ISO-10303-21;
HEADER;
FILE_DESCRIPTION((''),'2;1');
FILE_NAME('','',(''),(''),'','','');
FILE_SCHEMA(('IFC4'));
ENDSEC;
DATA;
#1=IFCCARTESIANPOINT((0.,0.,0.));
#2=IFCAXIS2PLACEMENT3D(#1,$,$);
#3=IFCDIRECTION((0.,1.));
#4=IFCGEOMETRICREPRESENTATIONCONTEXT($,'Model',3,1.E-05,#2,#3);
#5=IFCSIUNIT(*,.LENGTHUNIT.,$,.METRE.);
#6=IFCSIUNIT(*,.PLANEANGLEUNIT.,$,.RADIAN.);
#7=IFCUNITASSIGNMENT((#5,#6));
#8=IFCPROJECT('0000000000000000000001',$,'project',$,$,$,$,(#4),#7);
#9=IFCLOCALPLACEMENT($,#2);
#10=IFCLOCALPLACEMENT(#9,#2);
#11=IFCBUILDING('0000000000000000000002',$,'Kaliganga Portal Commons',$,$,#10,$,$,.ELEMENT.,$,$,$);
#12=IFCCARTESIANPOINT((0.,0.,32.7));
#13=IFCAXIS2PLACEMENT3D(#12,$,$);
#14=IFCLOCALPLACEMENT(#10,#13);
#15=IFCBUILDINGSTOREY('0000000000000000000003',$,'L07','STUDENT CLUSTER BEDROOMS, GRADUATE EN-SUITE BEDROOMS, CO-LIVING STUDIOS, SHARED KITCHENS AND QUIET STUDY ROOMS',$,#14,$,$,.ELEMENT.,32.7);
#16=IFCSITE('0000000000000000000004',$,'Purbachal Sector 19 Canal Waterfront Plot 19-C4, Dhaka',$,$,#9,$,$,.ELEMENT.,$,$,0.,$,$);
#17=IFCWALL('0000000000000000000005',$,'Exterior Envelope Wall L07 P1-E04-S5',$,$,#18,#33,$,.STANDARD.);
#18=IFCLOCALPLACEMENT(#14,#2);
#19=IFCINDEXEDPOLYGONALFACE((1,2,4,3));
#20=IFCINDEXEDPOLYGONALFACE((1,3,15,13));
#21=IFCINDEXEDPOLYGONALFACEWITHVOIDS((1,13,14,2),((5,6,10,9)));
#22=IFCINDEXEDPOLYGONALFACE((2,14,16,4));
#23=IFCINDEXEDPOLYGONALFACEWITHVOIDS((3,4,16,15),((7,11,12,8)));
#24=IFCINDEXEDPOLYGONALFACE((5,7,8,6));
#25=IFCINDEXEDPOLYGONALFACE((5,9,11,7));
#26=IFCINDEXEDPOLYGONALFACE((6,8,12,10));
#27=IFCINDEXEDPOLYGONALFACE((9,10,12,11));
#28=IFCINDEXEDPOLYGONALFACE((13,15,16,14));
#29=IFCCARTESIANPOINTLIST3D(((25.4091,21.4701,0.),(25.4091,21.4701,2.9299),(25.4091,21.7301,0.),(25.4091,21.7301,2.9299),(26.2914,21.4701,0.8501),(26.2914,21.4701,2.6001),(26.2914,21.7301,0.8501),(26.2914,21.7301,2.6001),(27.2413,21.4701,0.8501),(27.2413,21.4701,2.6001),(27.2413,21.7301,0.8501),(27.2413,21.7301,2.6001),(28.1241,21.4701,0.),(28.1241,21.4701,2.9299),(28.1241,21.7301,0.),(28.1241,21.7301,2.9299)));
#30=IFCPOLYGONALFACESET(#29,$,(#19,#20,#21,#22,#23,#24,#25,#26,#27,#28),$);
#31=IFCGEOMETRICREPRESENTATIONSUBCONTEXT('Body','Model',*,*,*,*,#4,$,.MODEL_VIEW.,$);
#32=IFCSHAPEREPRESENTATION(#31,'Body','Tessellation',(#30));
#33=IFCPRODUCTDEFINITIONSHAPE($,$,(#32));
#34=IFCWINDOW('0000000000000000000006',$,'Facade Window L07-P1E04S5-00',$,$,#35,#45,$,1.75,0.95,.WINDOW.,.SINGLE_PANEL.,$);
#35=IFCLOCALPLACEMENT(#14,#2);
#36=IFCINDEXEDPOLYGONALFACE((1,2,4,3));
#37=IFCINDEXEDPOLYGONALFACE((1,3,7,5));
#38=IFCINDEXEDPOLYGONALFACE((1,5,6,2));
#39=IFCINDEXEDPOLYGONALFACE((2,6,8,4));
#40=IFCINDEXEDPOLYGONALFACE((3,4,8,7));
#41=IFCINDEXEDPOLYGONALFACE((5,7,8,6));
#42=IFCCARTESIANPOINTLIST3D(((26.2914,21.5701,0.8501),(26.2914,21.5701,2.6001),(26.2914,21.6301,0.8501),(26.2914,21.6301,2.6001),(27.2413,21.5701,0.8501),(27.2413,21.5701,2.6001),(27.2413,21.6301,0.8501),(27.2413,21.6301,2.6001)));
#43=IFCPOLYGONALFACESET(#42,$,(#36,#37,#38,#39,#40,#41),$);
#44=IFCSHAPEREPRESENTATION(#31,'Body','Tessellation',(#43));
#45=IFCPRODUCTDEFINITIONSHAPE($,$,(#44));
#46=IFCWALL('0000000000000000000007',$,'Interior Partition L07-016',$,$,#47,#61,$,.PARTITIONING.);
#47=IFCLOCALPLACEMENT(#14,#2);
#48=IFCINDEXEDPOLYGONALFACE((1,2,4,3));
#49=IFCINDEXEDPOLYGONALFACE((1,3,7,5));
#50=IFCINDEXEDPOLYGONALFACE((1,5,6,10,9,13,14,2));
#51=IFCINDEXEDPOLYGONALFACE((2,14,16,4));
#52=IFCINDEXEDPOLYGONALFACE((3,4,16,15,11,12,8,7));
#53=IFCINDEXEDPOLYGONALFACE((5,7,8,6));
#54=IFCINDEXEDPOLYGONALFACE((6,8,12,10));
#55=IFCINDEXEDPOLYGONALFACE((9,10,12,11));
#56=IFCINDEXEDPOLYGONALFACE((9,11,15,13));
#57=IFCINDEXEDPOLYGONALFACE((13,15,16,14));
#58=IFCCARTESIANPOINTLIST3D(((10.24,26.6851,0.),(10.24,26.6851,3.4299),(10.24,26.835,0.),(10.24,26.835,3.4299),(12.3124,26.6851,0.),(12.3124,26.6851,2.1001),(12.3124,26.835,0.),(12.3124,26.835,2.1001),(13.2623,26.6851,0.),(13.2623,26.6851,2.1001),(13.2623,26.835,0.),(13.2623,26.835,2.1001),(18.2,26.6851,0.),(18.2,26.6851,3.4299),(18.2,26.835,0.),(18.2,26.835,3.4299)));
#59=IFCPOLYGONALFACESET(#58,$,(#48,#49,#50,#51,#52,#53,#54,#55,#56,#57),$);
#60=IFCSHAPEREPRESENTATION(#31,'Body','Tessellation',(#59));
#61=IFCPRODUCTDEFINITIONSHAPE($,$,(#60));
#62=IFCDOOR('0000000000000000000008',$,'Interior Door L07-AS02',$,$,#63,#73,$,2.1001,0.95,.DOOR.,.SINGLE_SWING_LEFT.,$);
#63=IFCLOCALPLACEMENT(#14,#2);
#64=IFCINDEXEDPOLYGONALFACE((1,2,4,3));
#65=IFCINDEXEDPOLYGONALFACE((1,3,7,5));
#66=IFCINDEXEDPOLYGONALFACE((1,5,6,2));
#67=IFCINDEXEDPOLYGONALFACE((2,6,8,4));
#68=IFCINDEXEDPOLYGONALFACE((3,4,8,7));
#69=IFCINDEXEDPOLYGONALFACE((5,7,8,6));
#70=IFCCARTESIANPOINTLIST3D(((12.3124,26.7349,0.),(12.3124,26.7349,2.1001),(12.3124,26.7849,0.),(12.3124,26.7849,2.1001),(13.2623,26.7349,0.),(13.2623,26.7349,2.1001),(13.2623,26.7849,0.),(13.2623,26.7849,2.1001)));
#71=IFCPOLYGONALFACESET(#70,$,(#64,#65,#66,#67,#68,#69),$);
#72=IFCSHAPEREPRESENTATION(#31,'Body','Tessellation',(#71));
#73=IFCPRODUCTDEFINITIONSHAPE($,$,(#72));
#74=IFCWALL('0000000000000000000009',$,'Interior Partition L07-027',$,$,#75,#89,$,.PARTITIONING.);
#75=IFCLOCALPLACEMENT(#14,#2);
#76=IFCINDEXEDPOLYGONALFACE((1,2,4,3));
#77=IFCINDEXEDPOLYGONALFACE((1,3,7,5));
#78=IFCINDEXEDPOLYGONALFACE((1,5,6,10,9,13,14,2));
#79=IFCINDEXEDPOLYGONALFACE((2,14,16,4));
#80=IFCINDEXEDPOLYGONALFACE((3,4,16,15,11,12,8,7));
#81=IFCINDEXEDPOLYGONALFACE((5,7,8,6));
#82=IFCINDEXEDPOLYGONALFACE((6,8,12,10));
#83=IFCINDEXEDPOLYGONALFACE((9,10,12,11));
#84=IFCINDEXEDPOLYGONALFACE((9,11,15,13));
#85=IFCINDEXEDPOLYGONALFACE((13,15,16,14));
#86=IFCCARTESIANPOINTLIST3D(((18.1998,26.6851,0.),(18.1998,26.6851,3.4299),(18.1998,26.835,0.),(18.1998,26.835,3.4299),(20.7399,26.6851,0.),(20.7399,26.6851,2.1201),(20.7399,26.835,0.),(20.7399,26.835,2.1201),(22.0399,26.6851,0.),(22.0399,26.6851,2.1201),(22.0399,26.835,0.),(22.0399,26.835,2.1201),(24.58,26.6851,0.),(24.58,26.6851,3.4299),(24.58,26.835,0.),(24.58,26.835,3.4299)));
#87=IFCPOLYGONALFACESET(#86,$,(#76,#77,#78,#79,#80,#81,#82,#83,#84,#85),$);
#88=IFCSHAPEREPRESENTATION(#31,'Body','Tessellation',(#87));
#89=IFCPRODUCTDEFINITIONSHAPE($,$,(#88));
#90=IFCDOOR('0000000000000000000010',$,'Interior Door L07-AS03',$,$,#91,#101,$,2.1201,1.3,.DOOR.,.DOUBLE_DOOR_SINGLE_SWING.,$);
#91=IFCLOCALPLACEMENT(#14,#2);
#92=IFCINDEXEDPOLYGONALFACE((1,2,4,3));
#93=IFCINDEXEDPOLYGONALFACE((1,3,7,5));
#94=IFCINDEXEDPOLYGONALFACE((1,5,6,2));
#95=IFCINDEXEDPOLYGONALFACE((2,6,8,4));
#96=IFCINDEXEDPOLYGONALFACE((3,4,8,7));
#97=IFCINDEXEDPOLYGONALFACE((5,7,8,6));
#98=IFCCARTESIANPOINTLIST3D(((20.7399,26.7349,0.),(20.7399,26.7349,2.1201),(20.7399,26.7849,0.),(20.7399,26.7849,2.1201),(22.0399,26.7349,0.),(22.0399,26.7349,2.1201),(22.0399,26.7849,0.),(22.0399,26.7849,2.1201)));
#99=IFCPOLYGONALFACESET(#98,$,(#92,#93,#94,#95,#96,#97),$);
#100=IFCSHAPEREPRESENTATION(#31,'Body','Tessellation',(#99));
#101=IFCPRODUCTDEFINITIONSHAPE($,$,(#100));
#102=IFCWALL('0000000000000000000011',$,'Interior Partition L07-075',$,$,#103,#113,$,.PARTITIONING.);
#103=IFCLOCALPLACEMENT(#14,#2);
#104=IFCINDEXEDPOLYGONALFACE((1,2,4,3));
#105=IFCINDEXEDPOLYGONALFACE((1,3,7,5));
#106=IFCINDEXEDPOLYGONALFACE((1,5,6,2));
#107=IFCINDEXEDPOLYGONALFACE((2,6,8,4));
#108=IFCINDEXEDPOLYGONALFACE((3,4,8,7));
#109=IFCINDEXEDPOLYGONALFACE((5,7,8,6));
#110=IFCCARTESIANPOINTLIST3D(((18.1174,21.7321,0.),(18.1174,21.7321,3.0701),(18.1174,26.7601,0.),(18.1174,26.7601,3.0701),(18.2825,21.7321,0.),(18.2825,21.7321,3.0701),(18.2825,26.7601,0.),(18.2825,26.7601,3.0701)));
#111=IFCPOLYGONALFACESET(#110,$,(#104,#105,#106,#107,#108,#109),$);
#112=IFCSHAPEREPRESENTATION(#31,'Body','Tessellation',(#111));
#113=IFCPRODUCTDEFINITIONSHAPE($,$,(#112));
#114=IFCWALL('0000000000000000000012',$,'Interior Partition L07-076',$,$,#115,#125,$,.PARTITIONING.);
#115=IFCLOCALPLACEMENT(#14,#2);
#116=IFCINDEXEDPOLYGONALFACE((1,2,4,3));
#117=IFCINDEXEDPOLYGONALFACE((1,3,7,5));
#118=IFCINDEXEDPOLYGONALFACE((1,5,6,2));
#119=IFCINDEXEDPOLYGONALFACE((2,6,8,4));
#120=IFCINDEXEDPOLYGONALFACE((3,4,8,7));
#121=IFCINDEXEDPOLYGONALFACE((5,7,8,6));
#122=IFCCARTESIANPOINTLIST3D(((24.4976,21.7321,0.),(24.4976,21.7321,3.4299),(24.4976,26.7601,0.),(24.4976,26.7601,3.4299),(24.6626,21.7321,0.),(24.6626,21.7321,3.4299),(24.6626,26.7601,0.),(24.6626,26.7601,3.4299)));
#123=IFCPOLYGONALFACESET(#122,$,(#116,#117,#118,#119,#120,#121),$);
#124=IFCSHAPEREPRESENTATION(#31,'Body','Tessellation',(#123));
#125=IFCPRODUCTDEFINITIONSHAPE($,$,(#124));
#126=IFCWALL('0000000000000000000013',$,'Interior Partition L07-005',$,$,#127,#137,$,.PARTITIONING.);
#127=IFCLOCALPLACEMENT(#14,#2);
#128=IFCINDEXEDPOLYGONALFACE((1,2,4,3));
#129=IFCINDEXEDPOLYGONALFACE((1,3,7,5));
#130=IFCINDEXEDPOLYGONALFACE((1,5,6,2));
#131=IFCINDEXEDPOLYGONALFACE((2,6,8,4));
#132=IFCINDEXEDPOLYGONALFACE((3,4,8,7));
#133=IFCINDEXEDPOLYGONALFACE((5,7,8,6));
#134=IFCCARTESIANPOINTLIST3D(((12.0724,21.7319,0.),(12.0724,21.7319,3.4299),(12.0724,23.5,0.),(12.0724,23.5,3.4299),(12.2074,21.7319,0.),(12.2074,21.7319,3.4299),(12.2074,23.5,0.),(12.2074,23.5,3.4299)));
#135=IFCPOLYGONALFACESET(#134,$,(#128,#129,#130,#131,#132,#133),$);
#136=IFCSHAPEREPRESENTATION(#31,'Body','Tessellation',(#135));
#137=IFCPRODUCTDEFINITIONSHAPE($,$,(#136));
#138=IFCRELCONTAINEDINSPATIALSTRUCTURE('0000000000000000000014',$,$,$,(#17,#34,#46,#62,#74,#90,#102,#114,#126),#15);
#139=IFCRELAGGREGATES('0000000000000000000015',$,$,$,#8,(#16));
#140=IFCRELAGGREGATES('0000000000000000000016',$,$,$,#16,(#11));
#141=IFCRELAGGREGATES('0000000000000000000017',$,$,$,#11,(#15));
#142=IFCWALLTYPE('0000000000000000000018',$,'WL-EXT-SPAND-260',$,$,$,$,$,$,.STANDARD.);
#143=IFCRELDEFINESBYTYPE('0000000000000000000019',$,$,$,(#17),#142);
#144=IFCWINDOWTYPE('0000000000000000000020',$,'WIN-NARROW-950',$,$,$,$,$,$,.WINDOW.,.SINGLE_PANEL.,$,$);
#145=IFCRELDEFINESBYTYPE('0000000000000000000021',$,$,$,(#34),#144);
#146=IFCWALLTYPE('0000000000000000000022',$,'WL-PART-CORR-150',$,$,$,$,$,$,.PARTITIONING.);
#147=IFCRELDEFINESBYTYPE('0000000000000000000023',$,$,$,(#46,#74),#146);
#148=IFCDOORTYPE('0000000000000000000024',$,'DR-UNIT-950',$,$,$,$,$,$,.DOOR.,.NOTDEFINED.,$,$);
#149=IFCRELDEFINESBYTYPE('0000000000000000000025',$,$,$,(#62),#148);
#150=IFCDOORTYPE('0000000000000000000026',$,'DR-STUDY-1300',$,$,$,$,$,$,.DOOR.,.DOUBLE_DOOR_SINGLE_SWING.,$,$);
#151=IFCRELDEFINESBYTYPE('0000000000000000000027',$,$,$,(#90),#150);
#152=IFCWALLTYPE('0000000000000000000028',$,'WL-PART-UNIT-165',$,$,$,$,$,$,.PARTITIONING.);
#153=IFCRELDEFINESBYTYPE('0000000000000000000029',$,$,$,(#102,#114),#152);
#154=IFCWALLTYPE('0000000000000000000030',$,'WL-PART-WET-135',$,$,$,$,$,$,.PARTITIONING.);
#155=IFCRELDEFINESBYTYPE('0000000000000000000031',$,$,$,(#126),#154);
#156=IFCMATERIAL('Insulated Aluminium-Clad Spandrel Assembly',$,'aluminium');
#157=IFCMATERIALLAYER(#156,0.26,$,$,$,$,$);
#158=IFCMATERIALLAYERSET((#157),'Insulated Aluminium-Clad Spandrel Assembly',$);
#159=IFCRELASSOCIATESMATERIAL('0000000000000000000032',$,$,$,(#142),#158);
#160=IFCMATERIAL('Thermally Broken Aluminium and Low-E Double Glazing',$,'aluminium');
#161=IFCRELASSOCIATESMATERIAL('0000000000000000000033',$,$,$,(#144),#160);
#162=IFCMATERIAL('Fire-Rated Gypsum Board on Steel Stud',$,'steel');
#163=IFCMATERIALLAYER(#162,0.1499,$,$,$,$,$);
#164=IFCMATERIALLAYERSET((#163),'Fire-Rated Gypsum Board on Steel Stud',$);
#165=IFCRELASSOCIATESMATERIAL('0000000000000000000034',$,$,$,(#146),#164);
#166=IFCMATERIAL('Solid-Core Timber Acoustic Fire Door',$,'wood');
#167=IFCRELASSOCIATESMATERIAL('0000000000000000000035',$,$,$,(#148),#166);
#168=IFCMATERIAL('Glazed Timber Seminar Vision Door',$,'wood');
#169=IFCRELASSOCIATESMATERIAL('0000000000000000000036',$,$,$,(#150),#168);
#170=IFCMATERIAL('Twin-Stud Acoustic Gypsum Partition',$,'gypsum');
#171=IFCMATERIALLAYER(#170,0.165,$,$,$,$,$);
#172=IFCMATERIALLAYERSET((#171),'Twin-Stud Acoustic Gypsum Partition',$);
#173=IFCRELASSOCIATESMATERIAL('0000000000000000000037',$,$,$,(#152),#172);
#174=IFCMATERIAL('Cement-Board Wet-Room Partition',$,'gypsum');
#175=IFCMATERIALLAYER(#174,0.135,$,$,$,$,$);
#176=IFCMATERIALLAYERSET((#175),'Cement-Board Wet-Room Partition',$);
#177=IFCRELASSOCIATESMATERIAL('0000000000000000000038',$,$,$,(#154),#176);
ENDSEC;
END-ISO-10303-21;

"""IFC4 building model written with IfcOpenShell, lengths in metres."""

from ifc_helpers import new_model, si_unit, direction, frame, frame_2d, origin, place, context, subcontext, project, spatial, rectangle, extrude, material, layer, layer_set, type_object, element, fill, save


model = new_model("IFC4")

# Units and contexts
model_context = context("Model", 3, precision=1e-05, world=origin(), true_north=direction((0.0, 1.0)))
body_context = subcontext(model_context, "Body", "Model", "MODEL_VIEW")
ifc_project = project(units=[si_unit("LENGTHUNIT", "METRE"), si_unit("PLANEANGLEUNIT", "RADIAN")], contexts=[model_context])

# Site, building, storey
site_placement = place(None, origin())
site = spatial("IfcSite", under=ifc_project, at=site_placement, Name="Purbachal Sector 19 Canal Waterfront Plot 19-C4, Dhaka", CompositionType="ELEMENT", RefElevation=0.0)
building_placement = place(site_placement, origin())
building = spatial("IfcBuilding", under=site, at=building_placement, Name="Kaliganga Portal Commons", CompositionType="ELEMENT")
storey_placement = place(building_placement, frame((0.0, 0.0, 32.7)))
storey = spatial("IfcBuildingStorey", under=building, at=storey_placement, Name="L07", Description="STUDENT CLUSTER BEDROOMS, GRADUATE EN-SUITE BEDROOMS, CO-LIVING STUDIOS, SHARED KITCHENS AND QUIET STUDY ROOMS", CompositionType="ELEMENT", Elevation=32.7)

# Shared definitions
ifc_material_1 = material(Name="Insulated Aluminium-Clad Spandrel Assembly", Category="aluminium")
ifc_layer_1 = layer(ifc_material_1, 0.26)
ifc_layer_set_1 = layer_set([ifc_layer_1], Name="Insulated Aluminium-Clad Spandrel Assembly")
wall_type_1 = type_object("IfcWallType", Name="WL-EXT-SPAND-260", PredefinedType="STANDARD", material=ifc_layer_set_1)
ifc_material_2 = material(Name="Thermally Broken Aluminium and Low-E Double Glazing", Category="aluminium")
window_type_1 = type_object("IfcWindowType", Name="WIN-NARROW-950", PartitioningType="SINGLE_PANEL", PredefinedType="WINDOW", material=ifc_material_2)

# Wall, opening, window
wall_1_placement = place(storey_placement, frame((28.124, 21.6001, 0.0), z_axis=(0.0, 0.0, 1.0), x_axis=(-1.0, 0.0, 0.0)))
wall_1 = element("IfcWall", 1, at=wall_1_placement, inside=storey, type_object=wall_type_1, Name="Exterior Envelope Wall L07 P1-E04-S5", PredefinedType="STANDARD", context=body_context, shape_type="SweptSolid", body=[
    extrude(rectangle(XDim=2.7151, YDim=0.26, at=frame_2d((1.3574, 0.0))), origin(), (0.0, 0.0, 1.0), 2.9299),
])
opening_1_placement = place(wall_1_placement, frame((0.8826, 0.0, 0.8501)))
opening_1 = element("IfcOpeningElement", 2, at=opening_1_placement, cuts=wall_1, PredefinedType="OPENING", context=body_context, shape_type="SweptSolid", body=[
    extrude(rectangle(XDim=0.95, YDim=1.75, at=frame_2d((0.4751, 0.875))), frame((0.0, 0.1401, 0.0), z_axis=(0.0, -1.0, 0.0), x_axis=(1.0, 0.0, 0.0)), (0.0, 0.0, 1.0), 0.28),
])
window_1_placement = place(opening_1_placement, origin())
window_1 = element("IfcWindow", 3, at=window_1_placement, inside=storey, type_object=window_type_1, Name="Facade Window L07-P1E04S5-00", OverallHeight=1.75, OverallWidth=0.95, PartitioningType="SINGLE_PANEL", PredefinedType="WINDOW", context=body_context, shape_type="SweptSolid", body=[
    extrude(rectangle(XDim=0.95, YDim=1.75, at=frame_2d((0.4751, 0.875))), frame((0.0, 0.03, 0.0), z_axis=(0.0, -1.0, 0.0), x_axis=(1.0, 0.0, 0.0)), (0.0, 0.0, 1.0), 0.0601),
])
fill(opening_1, window_1)

# Walls, openings, doors
ifc_material_3 = material(Name="Fire-Rated Gypsum Board on Steel Stud", Category="steel")
ifc_layer_2 = layer(ifc_material_3, 0.1499)
ifc_layer_set_2 = layer_set([ifc_layer_2], Name="Fire-Rated Gypsum Board on Steel Stud")
wall_type_2 = type_object("IfcWallType", Name="WL-PART-CORR-150", PredefinedType="PARTITIONING", material=ifc_layer_set_2)
wall_2_placement = place(storey_placement, frame((10.24, 26.76, 0.0), z_axis=(0.0, 0.0, 1.0), x_axis=(1.0, 0.0, 0.0)))
wall_2 = element("IfcWall", 4, at=wall_2_placement, inside=storey, type_object=wall_type_2, Name="Interior Partition L07-016", PredefinedType="PARTITIONING", context=body_context, shape_type="SweptSolid", body=[
    extrude(rectangle(XDim=7.96, YDim=0.1499, at=frame_2d((3.98, 0.0))), origin(), (0.0, 0.0, 1.0), 3.4299),
])
opening_2_placement = place(wall_2_placement, frame((2.0723, 0.0, 0.0)))
opening_2 = element("IfcOpeningElement", 5, at=opening_2_placement, cuts=wall_2, PredefinedType="OPENING", context=body_context, shape_type="SweptSolid", body=[
    extrude(rectangle(XDim=0.95, YDim=2.1001, at=frame_2d((0.4751, 1.05))), frame((0.0, 0.085, 0.0), z_axis=(0.0, -1.0, 0.0), x_axis=(1.0, 0.0, 0.0)), (0.0, 0.0, 1.0), 0.1699),
])
ifc_material_4 = material(Name="Solid-Core Timber Acoustic Fire Door", Category="wood")
door_type_1 = type_object("IfcDoorType", Name="DR-UNIT-950", OperationType="NOTDEFINED", PredefinedType="DOOR", material=ifc_material_4)
door_1_placement = place(opening_2_placement, origin())
door_1 = element("IfcDoor", 6, at=door_1_placement, inside=storey, type_object=door_type_1, Name="Interior Door L07-AS02", OperationType="SINGLE_SWING_LEFT", OverallHeight=2.1001, OverallWidth=0.95, PredefinedType="DOOR", context=body_context, shape_type="SweptSolid", body=[
    extrude(rectangle(XDim=0.95, YDim=2.1001, at=frame_2d((0.4751, 1.05))), frame((0.0, 0.0249, 0.0), z_axis=(0.0, -1.0, 0.0), x_axis=(1.0, 0.0, 0.0)), (0.0, 0.0, 1.0), 0.05),
])
fill(opening_2, door_1)
wall_3_placement = place(storey_placement, frame((18.2, 26.76, 0.0), z_axis=(0.0, 0.0, 1.0), x_axis=(1.0, 0.0, 0.0)))
wall_3 = element("IfcWall", 7, at=wall_3_placement, inside=storey, type_object=wall_type_2, Name="Interior Partition L07-027", PredefinedType="PARTITIONING", context=body_context, shape_type="SweptSolid", body=[
    extrude(rectangle(XDim=6.3801, YDim=0.1499, at=frame_2d((3.1899, 0.0))), origin(), (0.0, 0.0, 1.0), 3.4299),
])
opening_3_placement = place(wall_3_placement, frame((2.54, 0.0, 0.0)))
opening_3 = element("IfcOpeningElement", 8, at=opening_3_placement, cuts=wall_3, PredefinedType="OPENING", context=body_context, shape_type="SweptSolid", body=[
    extrude(rectangle(XDim=1.3, YDim=2.1201, at=frame_2d((0.6499, 1.0601))), frame((0.0, 0.085, 0.0), z_axis=(0.0, -1.0, 0.0), x_axis=(1.0, 0.0, 0.0)), (0.0, 0.0, 1.0), 0.1699),
])
ifc_material_5 = material(Name="Glazed Timber Seminar Vision Door", Category="wood")
door_type_2 = type_object("IfcDoorType", Name="DR-STUDY-1300", OperationType="DOUBLE_DOOR_SINGLE_SWING", PredefinedType="DOOR", material=ifc_material_5)
door_2_placement = place(opening_3_placement, origin())
door_2 = element("IfcDoor", 9, at=door_2_placement, inside=storey, type_object=door_type_2, Name="Interior Door L07-AS03", OperationType="DOUBLE_DOOR_SINGLE_SWING", OverallHeight=2.1201, OverallWidth=1.3, PredefinedType="DOOR", context=body_context, shape_type="SweptSolid", body=[
    extrude(rectangle(XDim=1.3, YDim=2.1201, at=frame_2d((0.6499, 1.0601))), frame((0.0, 0.0249, 0.0), z_axis=(0.0, -1.0, 0.0), x_axis=(1.0, 0.0, 0.0)), (0.0, 0.0, 1.0), 0.05),
])
fill(opening_3, door_2)

# Walls
ifc_material_6 = material(Name="Twin-Stud Acoustic Gypsum Partition", Category="gypsum")
ifc_layer_3 = layer(ifc_material_6, 0.165)
ifc_layer_set_3 = layer_set([ifc_layer_3], Name="Twin-Stud Acoustic Gypsum Partition")
wall_type_3 = type_object("IfcWallType", Name="WL-PART-UNIT-165", PredefinedType="PARTITIONING", material=ifc_layer_set_3)
wall_4_placement = place(storey_placement, frame((18.2, 21.7319, 0.0), z_axis=(0.0, 0.0, 1.0), x_axis=(0.0, 1.0, 0.0)))
element("IfcWall", 10, at=wall_4_placement, inside=storey, type_object=wall_type_3, Name="Interior Partition L07-075", PredefinedType="PARTITIONING", context=body_context, shape_type="SweptSolid", body=[
    extrude(rectangle(XDim=5.0281, YDim=0.165, at=frame_2d((2.5142, 0.0))), origin(), (0.0, 0.0, 1.0), 3.0701),
])
wall_5_placement = place(storey_placement, frame((24.5801, 21.7319, 0.0), z_axis=(0.0, 0.0, 1.0), x_axis=(0.0, 1.0, 0.0)))
element("IfcWall", 11, at=wall_5_placement, inside=storey, type_object=wall_type_3, Name="Interior Partition L07-076", PredefinedType="PARTITIONING", context=body_context, shape_type="SweptSolid", body=[
    extrude(rectangle(XDim=5.0281, YDim=0.165, at=frame_2d((2.5142, 0.0))), origin(), (0.0, 0.0, 1.0), 3.4299),
])
ifc_material_7 = material(Name="Cement-Board Wet-Room Partition", Category="gypsum")
ifc_layer_4 = layer(ifc_material_7, 0.135)
ifc_layer_set_4 = layer_set([ifc_layer_4], Name="Cement-Board Wet-Room Partition")
wall_type_4 = type_object("IfcWallType", Name="WL-PART-WET-135", PredefinedType="PARTITIONING", material=ifc_layer_set_4)
wall_6_placement = place(storey_placement, frame((12.1399, 21.7319, 0.0), z_axis=(0.0, 0.0, 1.0), x_axis=(0.0, 1.0, 0.0)))
element("IfcWall", 12, at=wall_6_placement, inside=storey, type_object=wall_type_4, Name="Interior Partition L07-005", PredefinedType="PARTITIONING", context=body_context, shape_type="SweptSolid", body=[
    extrude(rectangle(XDim=1.7681, YDim=0.135, at=frame_2d((0.884, 0.0))), origin(), (0.0, 0.0, 1.0), 3.4299),
])

save(model, "model.ifc")
